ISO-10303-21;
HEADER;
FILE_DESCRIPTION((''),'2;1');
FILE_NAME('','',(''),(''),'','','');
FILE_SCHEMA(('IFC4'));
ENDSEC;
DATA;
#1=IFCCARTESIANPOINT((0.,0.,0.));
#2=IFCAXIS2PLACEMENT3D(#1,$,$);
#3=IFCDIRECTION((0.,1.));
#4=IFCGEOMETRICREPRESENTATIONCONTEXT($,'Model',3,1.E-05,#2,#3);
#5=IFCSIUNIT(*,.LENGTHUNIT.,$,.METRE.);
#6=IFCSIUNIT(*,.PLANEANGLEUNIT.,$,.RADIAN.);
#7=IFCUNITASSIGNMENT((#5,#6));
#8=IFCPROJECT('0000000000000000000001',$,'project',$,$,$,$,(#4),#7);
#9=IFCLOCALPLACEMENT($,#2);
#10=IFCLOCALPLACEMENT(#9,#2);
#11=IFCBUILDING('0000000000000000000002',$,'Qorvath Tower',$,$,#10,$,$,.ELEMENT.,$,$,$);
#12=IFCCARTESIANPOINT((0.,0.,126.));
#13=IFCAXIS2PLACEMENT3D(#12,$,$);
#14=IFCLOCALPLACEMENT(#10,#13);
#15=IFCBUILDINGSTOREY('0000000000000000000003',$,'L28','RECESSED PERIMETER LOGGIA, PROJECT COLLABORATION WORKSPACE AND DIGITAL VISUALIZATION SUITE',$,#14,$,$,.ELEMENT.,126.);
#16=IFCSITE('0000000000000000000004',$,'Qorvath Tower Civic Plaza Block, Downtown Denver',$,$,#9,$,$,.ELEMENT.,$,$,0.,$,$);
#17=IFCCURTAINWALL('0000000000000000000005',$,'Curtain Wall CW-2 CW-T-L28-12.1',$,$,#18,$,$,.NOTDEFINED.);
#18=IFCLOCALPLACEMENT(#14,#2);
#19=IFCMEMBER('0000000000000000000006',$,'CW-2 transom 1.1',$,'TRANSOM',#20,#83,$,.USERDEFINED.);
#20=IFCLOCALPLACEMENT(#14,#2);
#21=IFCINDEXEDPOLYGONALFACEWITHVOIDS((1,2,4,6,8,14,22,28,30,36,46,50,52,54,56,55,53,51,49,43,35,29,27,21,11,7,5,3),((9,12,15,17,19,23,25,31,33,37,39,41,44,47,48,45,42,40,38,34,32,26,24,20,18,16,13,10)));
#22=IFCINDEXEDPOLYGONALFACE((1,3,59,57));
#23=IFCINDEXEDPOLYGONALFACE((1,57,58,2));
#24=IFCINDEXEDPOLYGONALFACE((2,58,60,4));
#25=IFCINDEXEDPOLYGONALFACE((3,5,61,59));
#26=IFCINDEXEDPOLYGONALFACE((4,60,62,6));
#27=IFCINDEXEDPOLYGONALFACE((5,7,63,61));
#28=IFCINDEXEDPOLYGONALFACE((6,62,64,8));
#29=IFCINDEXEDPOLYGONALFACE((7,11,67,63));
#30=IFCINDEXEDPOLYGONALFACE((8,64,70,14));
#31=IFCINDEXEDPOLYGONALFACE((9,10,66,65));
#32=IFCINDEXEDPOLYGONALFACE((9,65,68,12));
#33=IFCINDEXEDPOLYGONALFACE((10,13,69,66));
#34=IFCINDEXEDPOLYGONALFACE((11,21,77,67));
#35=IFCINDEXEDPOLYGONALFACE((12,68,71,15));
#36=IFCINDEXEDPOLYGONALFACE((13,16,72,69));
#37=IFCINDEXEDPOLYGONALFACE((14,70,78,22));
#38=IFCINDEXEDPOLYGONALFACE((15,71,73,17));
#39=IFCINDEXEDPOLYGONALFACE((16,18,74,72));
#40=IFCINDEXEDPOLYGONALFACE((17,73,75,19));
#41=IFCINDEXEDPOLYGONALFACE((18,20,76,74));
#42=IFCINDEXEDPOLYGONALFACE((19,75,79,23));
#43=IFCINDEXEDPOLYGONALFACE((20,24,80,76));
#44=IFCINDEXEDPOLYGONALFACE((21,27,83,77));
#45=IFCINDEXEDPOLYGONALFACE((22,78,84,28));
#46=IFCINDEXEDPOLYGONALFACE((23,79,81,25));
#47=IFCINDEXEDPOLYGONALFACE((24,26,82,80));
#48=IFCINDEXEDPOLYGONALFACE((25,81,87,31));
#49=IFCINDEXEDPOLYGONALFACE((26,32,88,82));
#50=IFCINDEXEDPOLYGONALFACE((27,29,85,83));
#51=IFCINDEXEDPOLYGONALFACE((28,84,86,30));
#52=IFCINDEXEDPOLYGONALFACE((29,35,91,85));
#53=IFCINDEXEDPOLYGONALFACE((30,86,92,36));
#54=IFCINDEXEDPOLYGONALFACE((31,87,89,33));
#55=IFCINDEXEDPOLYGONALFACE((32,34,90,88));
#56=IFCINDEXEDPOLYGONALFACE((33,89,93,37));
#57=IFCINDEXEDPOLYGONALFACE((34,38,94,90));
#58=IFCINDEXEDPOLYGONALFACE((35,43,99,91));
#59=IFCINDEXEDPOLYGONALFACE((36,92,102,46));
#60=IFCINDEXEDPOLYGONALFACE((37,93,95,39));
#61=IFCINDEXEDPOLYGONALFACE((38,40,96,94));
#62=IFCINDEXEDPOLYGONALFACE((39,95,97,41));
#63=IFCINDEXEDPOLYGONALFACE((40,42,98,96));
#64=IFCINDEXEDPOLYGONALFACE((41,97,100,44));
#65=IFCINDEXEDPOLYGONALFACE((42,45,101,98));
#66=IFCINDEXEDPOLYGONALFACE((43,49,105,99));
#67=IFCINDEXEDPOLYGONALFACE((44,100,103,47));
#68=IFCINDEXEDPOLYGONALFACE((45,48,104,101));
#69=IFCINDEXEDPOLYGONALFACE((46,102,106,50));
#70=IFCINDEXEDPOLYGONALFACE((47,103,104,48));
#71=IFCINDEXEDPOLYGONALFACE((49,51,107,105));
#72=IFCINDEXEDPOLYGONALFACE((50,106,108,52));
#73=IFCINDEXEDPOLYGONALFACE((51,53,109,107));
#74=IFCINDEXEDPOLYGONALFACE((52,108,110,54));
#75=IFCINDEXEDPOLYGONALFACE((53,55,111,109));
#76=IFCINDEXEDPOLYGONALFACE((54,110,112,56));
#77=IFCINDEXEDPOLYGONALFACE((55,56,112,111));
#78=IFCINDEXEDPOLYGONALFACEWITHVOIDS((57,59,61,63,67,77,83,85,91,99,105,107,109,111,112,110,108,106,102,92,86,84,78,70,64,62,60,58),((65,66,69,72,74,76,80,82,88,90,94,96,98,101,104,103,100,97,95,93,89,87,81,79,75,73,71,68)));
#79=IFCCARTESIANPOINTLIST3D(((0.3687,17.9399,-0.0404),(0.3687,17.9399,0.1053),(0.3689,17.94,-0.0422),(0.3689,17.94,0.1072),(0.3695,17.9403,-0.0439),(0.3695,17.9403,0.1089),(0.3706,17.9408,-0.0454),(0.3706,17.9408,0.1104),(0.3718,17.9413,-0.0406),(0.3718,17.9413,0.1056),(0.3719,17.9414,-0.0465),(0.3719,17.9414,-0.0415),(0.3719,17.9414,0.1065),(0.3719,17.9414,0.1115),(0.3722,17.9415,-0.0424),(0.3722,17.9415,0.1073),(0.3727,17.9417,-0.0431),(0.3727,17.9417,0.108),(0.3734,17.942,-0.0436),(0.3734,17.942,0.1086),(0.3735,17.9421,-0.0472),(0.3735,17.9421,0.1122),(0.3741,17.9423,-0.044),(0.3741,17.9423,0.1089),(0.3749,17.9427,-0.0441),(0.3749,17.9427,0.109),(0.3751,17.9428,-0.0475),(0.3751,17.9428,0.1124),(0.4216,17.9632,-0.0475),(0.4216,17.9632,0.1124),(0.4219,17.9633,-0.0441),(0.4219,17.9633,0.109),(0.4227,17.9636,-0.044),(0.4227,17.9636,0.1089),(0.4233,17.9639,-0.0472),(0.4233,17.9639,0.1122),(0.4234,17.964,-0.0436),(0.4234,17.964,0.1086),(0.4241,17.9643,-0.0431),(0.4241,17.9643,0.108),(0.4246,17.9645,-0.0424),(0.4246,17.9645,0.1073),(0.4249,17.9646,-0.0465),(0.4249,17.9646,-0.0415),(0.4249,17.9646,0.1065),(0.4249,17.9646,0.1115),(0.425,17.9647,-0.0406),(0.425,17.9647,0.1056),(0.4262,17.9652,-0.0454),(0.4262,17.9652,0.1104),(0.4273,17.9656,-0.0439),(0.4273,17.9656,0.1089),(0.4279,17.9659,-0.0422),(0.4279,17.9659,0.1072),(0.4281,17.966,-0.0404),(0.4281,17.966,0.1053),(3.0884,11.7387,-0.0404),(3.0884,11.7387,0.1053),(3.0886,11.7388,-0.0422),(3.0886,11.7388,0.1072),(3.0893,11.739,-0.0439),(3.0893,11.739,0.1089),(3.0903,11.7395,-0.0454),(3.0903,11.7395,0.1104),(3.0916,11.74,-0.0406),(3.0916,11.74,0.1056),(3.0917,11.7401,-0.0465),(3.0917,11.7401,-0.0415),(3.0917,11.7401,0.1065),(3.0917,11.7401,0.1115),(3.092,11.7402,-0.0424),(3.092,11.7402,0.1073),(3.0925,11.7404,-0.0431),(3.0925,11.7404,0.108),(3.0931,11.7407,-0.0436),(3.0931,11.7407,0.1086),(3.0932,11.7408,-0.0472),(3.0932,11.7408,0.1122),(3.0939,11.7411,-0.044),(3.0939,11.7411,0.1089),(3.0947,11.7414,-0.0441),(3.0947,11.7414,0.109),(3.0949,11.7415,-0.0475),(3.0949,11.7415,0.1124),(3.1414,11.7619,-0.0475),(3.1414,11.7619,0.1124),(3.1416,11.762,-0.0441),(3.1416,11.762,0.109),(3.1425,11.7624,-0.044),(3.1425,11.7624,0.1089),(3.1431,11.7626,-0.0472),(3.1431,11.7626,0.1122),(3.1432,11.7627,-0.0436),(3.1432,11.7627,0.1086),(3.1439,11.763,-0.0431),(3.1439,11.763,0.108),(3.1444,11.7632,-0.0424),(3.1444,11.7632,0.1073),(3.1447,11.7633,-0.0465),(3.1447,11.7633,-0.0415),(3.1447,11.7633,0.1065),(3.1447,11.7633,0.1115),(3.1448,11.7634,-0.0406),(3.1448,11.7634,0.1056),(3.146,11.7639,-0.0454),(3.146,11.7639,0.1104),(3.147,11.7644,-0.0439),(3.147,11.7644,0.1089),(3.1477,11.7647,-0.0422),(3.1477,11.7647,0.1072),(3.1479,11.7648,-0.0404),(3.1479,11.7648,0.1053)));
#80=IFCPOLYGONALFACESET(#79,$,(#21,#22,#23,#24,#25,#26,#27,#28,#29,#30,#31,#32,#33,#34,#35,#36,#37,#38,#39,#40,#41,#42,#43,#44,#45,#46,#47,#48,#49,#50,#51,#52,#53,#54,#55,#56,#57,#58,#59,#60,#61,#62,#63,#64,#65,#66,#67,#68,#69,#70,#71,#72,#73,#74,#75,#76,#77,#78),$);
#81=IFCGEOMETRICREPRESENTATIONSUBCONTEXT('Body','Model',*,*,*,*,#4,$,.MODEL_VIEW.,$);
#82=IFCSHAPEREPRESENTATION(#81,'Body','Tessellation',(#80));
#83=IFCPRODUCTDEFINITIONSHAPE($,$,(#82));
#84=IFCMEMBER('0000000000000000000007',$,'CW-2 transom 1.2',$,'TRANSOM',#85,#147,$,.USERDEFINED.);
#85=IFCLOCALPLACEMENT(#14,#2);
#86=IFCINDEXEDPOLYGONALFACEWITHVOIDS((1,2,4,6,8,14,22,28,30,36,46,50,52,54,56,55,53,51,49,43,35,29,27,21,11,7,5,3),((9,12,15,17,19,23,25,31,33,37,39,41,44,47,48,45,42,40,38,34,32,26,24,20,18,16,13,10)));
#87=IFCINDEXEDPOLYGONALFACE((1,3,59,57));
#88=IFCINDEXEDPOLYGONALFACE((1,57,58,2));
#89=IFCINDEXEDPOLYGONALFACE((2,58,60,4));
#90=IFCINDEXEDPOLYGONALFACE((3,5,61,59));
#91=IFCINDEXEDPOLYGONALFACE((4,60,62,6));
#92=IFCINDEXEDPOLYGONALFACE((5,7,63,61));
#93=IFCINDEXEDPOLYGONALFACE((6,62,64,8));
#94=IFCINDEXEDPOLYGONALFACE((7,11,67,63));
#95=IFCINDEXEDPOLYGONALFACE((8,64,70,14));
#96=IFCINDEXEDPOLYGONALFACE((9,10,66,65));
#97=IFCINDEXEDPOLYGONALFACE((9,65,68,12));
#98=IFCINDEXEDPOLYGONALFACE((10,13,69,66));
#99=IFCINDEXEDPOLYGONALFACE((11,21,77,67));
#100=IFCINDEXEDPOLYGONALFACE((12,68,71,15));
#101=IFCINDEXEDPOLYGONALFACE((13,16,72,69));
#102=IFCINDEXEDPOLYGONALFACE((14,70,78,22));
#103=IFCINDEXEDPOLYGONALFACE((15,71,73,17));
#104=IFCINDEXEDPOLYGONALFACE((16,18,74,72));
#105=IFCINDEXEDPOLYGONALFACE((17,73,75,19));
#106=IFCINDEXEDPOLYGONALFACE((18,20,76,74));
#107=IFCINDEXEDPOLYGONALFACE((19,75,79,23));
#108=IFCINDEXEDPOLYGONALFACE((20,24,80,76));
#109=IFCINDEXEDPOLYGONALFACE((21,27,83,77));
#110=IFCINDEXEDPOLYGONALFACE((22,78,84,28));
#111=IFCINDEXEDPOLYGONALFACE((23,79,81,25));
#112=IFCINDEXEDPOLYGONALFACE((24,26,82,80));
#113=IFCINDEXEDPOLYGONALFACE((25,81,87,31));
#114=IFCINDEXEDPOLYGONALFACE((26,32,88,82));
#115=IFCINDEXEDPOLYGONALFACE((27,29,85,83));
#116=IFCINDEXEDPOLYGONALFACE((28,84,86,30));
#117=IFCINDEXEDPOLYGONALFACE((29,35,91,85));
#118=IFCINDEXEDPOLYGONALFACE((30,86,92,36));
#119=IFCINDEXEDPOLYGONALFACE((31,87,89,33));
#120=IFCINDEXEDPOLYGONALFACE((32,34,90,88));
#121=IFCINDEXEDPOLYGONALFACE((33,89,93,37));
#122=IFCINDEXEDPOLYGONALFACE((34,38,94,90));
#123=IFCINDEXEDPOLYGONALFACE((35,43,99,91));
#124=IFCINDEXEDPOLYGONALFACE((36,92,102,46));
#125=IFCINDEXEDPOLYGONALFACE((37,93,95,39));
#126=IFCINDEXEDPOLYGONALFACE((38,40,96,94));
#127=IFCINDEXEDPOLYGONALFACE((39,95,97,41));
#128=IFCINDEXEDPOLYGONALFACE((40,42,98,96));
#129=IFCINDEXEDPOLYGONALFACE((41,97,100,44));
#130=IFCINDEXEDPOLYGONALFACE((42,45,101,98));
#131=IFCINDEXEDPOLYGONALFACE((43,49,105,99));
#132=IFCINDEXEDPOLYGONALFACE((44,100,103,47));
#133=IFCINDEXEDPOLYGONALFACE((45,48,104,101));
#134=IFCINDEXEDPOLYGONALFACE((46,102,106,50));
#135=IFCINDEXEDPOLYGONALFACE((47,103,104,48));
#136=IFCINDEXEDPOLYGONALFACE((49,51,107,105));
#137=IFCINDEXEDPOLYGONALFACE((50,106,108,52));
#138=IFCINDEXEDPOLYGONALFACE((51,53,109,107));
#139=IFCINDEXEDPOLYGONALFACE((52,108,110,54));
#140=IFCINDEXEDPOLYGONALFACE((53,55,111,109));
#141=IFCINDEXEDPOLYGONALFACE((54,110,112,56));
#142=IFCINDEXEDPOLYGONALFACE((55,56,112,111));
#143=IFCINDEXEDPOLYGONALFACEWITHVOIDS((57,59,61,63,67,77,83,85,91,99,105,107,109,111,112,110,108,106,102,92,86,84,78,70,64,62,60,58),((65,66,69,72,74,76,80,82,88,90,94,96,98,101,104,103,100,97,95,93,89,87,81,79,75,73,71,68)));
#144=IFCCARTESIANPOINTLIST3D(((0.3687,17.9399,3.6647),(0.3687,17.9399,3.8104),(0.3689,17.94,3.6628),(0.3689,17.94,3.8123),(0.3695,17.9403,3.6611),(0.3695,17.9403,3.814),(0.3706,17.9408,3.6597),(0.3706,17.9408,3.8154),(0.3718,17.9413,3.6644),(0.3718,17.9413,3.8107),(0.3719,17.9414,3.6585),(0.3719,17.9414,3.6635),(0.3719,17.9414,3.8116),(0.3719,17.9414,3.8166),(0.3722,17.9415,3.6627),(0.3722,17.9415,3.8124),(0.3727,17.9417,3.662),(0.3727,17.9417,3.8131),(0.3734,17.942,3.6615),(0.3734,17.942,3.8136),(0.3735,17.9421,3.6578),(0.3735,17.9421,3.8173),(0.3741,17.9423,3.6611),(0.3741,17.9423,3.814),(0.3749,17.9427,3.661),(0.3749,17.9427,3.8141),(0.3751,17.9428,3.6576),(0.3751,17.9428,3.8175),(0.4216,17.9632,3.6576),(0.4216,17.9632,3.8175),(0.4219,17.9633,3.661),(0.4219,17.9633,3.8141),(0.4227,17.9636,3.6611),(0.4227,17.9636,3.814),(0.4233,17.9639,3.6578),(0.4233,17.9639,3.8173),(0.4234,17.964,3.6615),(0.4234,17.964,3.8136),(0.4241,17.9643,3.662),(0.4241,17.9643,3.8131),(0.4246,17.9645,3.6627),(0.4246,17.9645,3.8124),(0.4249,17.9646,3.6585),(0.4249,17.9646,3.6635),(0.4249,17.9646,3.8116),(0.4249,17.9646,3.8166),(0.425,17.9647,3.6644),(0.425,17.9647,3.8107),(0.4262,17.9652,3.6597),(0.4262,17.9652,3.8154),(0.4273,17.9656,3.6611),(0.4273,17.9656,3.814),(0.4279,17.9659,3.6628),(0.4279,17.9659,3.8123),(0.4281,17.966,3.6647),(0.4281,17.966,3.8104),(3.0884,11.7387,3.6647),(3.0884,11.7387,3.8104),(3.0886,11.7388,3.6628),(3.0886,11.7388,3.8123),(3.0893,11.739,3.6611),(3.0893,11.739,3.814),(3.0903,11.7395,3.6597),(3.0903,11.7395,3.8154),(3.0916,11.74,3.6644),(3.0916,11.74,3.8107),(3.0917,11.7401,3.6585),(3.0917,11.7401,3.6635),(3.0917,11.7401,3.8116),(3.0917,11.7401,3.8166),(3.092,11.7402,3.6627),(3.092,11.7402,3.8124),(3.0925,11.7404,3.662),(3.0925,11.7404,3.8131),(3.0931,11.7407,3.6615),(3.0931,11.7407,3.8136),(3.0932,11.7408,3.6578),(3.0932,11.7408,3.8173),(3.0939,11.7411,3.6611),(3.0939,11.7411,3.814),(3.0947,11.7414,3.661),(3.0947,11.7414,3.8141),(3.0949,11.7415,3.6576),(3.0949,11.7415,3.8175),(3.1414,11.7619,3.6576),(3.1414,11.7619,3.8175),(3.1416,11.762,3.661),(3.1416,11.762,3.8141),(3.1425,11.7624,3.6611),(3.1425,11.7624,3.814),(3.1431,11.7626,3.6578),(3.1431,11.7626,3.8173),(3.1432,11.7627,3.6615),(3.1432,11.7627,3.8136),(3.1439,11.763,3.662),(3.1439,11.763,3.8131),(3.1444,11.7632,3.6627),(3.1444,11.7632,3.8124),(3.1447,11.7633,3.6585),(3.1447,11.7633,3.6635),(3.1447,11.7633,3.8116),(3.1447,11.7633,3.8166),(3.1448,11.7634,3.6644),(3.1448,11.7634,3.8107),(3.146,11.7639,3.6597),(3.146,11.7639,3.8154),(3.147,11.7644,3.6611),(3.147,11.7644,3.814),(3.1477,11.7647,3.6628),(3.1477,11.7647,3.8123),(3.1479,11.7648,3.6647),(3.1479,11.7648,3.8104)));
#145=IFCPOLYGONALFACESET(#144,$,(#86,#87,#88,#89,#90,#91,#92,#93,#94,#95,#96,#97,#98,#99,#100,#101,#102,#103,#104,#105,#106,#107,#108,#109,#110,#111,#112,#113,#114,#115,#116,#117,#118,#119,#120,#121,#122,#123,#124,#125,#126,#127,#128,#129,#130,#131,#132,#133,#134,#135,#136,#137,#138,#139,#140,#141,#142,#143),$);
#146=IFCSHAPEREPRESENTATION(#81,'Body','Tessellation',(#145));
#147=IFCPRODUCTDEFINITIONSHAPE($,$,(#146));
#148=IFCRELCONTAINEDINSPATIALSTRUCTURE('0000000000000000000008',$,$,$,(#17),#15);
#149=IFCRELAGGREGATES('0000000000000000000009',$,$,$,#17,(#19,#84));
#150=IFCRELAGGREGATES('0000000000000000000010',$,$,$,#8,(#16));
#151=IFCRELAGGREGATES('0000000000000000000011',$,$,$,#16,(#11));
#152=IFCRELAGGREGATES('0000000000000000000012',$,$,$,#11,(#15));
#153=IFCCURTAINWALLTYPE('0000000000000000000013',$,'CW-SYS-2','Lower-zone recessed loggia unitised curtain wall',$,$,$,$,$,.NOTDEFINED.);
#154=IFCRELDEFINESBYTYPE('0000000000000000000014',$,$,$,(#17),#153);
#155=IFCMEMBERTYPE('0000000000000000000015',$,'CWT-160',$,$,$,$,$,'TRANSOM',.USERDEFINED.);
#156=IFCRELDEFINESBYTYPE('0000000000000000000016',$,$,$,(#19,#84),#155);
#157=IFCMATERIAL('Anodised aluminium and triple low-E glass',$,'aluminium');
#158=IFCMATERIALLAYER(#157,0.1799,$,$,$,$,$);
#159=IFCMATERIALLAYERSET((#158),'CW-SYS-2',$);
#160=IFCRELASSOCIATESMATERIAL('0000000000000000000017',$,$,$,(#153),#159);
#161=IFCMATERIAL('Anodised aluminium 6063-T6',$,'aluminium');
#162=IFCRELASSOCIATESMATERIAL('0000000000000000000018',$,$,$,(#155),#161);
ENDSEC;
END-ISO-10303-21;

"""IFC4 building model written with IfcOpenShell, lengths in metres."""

from ifc_helpers import new_model, si_unit, direction, frame, origin, origin_2d, place, context, subcontext, project, spatial, hollow_rectangle, extrude, material, layer, layer_set, material_profile, profile_set, type_object, element, aggregate, save


model = new_model("IFC4")

# Units and contexts
model_context = context("Model", 3, precision=1e-05, world=origin(), true_north=direction((0.0, 1.0)))
body_context = subcontext(model_context, "Body", "Model", "MODEL_VIEW")
ifc_project = project(units=[si_unit("LENGTHUNIT", "METRE"), si_unit("PLANEANGLEUNIT", "RADIAN")], contexts=[model_context])

# Site, building, storey
site_placement = place(None, origin())
site = spatial("IfcSite", under=ifc_project, at=site_placement, Name="Qorvath Tower Civic Plaza Block, Downtown Denver", CompositionType="ELEMENT", RefElevation=0.0)
building_placement = place(site_placement, origin())
building = spatial("IfcBuilding", under=site, at=building_placement, Name="Qorvath Tower", CompositionType="ELEMENT")
storey_placement = place(building_placement, frame((0.0, 0.0, 126.0)))
storey = spatial("IfcBuildingStorey", under=building, at=storey_placement, Name="L28", Description="RECESSED PERIMETER LOGGIA, PROJECT COLLABORATION WORKSPACE AND DIGITAL VISUALIZATION SUITE", CompositionType="ELEMENT", Elevation=126.0)

# Shared definitions
ifc_material_1 = material(Name="Anodised aluminium and triple low-E glass", Category="aluminium")
ifc_layer_1 = layer(ifc_material_1, 0.1799)
ifc_layer_set_1 = layer_set([ifc_layer_1], Name="CW-SYS-2")
curtain_wall_type = type_object("IfcCurtainWallType", Name="CW-SYS-2", Description="Lower-zone recessed loggia unitised curtain wall", PredefinedType="NOTDEFINED", material=ifc_layer_set_1)

# Curtain wall
curtain_wall_1_placement = place(storey_placement, origin())
curtain_wall_1 = element("IfcCurtainWall", 1, at=curtain_wall_1_placement, inside=storey, type_object=curtain_wall_type, Name="Curtain Wall CW-2 CW-T-L28-12.1", PredefinedType="NOTDEFINED")

# Members
ifc_material_2 = material(Name="Anodised aluminium 6063-T6", Category="aluminium")
ifc_material_profile_1 = material_profile(ifc_material_2, hollow_rectangle(XDim=0.0649, YDim=0.1599, WallThickness=0.0034, InnerFilletRadius=0.0034, OuterFilletRadius=0.0071, at=origin_2d()), Name="CWT 160x65")
ifc_profile_set_1 = profile_set([ifc_material_profile_1], Name="Anodised aluminium 6063-T6")
member_type_1 = type_object("IfcMemberType", Name="CWT-160", ElementType="TRANSOM", PredefinedType="USERDEFINED", material=ifc_profile_set_1)
member_1_placement = place(storey_placement, frame((3.1182, 11.7517, 0.0325), z_axis=(-0.401651, 0.915793, 0.0), x_axis=(-0.915793, -0.401651, 0.0)))
member_1 = element("IfcMember", 2, at=member_1_placement, type_object=member_type_1, Name="CW-2 transom 1.1", ObjectType="TRANSOM", PredefinedType="USERDEFINED", context=body_context, shape_type="SweptSolid", body=[
    extrude(hollow_rectangle(XDim=0.0649, YDim=0.1599, WallThickness=0.0034, InnerFilletRadius=0.0034, OuterFilletRadius=0.0071, at=origin_2d()), origin(), (0.0, 0.0, 1.0), 6.7715),
])
member_2_placement = place(storey_placement, frame((3.1182, 11.7517, 3.7375), z_axis=(-0.401651, 0.915793, 0.0), x_axis=(-0.915793, -0.401651, 0.0)))
member_2 = element("IfcMember", 3, at=member_2_placement, type_object=member_type_1, Name="CW-2 transom 1.2", ObjectType="TRANSOM", PredefinedType="USERDEFINED", context=body_context, shape_type="SweptSolid", body=[
    extrude(hollow_rectangle(XDim=0.0649, YDim=0.1599, WallThickness=0.0034, InnerFilletRadius=0.0034, OuterFilletRadius=0.0071, at=origin_2d()), origin(), (0.0, 0.0, 1.0), 6.7715),
])

aggregate(curtain_wall_1, [member_1, member_2])

save(model, "model.ifc")
